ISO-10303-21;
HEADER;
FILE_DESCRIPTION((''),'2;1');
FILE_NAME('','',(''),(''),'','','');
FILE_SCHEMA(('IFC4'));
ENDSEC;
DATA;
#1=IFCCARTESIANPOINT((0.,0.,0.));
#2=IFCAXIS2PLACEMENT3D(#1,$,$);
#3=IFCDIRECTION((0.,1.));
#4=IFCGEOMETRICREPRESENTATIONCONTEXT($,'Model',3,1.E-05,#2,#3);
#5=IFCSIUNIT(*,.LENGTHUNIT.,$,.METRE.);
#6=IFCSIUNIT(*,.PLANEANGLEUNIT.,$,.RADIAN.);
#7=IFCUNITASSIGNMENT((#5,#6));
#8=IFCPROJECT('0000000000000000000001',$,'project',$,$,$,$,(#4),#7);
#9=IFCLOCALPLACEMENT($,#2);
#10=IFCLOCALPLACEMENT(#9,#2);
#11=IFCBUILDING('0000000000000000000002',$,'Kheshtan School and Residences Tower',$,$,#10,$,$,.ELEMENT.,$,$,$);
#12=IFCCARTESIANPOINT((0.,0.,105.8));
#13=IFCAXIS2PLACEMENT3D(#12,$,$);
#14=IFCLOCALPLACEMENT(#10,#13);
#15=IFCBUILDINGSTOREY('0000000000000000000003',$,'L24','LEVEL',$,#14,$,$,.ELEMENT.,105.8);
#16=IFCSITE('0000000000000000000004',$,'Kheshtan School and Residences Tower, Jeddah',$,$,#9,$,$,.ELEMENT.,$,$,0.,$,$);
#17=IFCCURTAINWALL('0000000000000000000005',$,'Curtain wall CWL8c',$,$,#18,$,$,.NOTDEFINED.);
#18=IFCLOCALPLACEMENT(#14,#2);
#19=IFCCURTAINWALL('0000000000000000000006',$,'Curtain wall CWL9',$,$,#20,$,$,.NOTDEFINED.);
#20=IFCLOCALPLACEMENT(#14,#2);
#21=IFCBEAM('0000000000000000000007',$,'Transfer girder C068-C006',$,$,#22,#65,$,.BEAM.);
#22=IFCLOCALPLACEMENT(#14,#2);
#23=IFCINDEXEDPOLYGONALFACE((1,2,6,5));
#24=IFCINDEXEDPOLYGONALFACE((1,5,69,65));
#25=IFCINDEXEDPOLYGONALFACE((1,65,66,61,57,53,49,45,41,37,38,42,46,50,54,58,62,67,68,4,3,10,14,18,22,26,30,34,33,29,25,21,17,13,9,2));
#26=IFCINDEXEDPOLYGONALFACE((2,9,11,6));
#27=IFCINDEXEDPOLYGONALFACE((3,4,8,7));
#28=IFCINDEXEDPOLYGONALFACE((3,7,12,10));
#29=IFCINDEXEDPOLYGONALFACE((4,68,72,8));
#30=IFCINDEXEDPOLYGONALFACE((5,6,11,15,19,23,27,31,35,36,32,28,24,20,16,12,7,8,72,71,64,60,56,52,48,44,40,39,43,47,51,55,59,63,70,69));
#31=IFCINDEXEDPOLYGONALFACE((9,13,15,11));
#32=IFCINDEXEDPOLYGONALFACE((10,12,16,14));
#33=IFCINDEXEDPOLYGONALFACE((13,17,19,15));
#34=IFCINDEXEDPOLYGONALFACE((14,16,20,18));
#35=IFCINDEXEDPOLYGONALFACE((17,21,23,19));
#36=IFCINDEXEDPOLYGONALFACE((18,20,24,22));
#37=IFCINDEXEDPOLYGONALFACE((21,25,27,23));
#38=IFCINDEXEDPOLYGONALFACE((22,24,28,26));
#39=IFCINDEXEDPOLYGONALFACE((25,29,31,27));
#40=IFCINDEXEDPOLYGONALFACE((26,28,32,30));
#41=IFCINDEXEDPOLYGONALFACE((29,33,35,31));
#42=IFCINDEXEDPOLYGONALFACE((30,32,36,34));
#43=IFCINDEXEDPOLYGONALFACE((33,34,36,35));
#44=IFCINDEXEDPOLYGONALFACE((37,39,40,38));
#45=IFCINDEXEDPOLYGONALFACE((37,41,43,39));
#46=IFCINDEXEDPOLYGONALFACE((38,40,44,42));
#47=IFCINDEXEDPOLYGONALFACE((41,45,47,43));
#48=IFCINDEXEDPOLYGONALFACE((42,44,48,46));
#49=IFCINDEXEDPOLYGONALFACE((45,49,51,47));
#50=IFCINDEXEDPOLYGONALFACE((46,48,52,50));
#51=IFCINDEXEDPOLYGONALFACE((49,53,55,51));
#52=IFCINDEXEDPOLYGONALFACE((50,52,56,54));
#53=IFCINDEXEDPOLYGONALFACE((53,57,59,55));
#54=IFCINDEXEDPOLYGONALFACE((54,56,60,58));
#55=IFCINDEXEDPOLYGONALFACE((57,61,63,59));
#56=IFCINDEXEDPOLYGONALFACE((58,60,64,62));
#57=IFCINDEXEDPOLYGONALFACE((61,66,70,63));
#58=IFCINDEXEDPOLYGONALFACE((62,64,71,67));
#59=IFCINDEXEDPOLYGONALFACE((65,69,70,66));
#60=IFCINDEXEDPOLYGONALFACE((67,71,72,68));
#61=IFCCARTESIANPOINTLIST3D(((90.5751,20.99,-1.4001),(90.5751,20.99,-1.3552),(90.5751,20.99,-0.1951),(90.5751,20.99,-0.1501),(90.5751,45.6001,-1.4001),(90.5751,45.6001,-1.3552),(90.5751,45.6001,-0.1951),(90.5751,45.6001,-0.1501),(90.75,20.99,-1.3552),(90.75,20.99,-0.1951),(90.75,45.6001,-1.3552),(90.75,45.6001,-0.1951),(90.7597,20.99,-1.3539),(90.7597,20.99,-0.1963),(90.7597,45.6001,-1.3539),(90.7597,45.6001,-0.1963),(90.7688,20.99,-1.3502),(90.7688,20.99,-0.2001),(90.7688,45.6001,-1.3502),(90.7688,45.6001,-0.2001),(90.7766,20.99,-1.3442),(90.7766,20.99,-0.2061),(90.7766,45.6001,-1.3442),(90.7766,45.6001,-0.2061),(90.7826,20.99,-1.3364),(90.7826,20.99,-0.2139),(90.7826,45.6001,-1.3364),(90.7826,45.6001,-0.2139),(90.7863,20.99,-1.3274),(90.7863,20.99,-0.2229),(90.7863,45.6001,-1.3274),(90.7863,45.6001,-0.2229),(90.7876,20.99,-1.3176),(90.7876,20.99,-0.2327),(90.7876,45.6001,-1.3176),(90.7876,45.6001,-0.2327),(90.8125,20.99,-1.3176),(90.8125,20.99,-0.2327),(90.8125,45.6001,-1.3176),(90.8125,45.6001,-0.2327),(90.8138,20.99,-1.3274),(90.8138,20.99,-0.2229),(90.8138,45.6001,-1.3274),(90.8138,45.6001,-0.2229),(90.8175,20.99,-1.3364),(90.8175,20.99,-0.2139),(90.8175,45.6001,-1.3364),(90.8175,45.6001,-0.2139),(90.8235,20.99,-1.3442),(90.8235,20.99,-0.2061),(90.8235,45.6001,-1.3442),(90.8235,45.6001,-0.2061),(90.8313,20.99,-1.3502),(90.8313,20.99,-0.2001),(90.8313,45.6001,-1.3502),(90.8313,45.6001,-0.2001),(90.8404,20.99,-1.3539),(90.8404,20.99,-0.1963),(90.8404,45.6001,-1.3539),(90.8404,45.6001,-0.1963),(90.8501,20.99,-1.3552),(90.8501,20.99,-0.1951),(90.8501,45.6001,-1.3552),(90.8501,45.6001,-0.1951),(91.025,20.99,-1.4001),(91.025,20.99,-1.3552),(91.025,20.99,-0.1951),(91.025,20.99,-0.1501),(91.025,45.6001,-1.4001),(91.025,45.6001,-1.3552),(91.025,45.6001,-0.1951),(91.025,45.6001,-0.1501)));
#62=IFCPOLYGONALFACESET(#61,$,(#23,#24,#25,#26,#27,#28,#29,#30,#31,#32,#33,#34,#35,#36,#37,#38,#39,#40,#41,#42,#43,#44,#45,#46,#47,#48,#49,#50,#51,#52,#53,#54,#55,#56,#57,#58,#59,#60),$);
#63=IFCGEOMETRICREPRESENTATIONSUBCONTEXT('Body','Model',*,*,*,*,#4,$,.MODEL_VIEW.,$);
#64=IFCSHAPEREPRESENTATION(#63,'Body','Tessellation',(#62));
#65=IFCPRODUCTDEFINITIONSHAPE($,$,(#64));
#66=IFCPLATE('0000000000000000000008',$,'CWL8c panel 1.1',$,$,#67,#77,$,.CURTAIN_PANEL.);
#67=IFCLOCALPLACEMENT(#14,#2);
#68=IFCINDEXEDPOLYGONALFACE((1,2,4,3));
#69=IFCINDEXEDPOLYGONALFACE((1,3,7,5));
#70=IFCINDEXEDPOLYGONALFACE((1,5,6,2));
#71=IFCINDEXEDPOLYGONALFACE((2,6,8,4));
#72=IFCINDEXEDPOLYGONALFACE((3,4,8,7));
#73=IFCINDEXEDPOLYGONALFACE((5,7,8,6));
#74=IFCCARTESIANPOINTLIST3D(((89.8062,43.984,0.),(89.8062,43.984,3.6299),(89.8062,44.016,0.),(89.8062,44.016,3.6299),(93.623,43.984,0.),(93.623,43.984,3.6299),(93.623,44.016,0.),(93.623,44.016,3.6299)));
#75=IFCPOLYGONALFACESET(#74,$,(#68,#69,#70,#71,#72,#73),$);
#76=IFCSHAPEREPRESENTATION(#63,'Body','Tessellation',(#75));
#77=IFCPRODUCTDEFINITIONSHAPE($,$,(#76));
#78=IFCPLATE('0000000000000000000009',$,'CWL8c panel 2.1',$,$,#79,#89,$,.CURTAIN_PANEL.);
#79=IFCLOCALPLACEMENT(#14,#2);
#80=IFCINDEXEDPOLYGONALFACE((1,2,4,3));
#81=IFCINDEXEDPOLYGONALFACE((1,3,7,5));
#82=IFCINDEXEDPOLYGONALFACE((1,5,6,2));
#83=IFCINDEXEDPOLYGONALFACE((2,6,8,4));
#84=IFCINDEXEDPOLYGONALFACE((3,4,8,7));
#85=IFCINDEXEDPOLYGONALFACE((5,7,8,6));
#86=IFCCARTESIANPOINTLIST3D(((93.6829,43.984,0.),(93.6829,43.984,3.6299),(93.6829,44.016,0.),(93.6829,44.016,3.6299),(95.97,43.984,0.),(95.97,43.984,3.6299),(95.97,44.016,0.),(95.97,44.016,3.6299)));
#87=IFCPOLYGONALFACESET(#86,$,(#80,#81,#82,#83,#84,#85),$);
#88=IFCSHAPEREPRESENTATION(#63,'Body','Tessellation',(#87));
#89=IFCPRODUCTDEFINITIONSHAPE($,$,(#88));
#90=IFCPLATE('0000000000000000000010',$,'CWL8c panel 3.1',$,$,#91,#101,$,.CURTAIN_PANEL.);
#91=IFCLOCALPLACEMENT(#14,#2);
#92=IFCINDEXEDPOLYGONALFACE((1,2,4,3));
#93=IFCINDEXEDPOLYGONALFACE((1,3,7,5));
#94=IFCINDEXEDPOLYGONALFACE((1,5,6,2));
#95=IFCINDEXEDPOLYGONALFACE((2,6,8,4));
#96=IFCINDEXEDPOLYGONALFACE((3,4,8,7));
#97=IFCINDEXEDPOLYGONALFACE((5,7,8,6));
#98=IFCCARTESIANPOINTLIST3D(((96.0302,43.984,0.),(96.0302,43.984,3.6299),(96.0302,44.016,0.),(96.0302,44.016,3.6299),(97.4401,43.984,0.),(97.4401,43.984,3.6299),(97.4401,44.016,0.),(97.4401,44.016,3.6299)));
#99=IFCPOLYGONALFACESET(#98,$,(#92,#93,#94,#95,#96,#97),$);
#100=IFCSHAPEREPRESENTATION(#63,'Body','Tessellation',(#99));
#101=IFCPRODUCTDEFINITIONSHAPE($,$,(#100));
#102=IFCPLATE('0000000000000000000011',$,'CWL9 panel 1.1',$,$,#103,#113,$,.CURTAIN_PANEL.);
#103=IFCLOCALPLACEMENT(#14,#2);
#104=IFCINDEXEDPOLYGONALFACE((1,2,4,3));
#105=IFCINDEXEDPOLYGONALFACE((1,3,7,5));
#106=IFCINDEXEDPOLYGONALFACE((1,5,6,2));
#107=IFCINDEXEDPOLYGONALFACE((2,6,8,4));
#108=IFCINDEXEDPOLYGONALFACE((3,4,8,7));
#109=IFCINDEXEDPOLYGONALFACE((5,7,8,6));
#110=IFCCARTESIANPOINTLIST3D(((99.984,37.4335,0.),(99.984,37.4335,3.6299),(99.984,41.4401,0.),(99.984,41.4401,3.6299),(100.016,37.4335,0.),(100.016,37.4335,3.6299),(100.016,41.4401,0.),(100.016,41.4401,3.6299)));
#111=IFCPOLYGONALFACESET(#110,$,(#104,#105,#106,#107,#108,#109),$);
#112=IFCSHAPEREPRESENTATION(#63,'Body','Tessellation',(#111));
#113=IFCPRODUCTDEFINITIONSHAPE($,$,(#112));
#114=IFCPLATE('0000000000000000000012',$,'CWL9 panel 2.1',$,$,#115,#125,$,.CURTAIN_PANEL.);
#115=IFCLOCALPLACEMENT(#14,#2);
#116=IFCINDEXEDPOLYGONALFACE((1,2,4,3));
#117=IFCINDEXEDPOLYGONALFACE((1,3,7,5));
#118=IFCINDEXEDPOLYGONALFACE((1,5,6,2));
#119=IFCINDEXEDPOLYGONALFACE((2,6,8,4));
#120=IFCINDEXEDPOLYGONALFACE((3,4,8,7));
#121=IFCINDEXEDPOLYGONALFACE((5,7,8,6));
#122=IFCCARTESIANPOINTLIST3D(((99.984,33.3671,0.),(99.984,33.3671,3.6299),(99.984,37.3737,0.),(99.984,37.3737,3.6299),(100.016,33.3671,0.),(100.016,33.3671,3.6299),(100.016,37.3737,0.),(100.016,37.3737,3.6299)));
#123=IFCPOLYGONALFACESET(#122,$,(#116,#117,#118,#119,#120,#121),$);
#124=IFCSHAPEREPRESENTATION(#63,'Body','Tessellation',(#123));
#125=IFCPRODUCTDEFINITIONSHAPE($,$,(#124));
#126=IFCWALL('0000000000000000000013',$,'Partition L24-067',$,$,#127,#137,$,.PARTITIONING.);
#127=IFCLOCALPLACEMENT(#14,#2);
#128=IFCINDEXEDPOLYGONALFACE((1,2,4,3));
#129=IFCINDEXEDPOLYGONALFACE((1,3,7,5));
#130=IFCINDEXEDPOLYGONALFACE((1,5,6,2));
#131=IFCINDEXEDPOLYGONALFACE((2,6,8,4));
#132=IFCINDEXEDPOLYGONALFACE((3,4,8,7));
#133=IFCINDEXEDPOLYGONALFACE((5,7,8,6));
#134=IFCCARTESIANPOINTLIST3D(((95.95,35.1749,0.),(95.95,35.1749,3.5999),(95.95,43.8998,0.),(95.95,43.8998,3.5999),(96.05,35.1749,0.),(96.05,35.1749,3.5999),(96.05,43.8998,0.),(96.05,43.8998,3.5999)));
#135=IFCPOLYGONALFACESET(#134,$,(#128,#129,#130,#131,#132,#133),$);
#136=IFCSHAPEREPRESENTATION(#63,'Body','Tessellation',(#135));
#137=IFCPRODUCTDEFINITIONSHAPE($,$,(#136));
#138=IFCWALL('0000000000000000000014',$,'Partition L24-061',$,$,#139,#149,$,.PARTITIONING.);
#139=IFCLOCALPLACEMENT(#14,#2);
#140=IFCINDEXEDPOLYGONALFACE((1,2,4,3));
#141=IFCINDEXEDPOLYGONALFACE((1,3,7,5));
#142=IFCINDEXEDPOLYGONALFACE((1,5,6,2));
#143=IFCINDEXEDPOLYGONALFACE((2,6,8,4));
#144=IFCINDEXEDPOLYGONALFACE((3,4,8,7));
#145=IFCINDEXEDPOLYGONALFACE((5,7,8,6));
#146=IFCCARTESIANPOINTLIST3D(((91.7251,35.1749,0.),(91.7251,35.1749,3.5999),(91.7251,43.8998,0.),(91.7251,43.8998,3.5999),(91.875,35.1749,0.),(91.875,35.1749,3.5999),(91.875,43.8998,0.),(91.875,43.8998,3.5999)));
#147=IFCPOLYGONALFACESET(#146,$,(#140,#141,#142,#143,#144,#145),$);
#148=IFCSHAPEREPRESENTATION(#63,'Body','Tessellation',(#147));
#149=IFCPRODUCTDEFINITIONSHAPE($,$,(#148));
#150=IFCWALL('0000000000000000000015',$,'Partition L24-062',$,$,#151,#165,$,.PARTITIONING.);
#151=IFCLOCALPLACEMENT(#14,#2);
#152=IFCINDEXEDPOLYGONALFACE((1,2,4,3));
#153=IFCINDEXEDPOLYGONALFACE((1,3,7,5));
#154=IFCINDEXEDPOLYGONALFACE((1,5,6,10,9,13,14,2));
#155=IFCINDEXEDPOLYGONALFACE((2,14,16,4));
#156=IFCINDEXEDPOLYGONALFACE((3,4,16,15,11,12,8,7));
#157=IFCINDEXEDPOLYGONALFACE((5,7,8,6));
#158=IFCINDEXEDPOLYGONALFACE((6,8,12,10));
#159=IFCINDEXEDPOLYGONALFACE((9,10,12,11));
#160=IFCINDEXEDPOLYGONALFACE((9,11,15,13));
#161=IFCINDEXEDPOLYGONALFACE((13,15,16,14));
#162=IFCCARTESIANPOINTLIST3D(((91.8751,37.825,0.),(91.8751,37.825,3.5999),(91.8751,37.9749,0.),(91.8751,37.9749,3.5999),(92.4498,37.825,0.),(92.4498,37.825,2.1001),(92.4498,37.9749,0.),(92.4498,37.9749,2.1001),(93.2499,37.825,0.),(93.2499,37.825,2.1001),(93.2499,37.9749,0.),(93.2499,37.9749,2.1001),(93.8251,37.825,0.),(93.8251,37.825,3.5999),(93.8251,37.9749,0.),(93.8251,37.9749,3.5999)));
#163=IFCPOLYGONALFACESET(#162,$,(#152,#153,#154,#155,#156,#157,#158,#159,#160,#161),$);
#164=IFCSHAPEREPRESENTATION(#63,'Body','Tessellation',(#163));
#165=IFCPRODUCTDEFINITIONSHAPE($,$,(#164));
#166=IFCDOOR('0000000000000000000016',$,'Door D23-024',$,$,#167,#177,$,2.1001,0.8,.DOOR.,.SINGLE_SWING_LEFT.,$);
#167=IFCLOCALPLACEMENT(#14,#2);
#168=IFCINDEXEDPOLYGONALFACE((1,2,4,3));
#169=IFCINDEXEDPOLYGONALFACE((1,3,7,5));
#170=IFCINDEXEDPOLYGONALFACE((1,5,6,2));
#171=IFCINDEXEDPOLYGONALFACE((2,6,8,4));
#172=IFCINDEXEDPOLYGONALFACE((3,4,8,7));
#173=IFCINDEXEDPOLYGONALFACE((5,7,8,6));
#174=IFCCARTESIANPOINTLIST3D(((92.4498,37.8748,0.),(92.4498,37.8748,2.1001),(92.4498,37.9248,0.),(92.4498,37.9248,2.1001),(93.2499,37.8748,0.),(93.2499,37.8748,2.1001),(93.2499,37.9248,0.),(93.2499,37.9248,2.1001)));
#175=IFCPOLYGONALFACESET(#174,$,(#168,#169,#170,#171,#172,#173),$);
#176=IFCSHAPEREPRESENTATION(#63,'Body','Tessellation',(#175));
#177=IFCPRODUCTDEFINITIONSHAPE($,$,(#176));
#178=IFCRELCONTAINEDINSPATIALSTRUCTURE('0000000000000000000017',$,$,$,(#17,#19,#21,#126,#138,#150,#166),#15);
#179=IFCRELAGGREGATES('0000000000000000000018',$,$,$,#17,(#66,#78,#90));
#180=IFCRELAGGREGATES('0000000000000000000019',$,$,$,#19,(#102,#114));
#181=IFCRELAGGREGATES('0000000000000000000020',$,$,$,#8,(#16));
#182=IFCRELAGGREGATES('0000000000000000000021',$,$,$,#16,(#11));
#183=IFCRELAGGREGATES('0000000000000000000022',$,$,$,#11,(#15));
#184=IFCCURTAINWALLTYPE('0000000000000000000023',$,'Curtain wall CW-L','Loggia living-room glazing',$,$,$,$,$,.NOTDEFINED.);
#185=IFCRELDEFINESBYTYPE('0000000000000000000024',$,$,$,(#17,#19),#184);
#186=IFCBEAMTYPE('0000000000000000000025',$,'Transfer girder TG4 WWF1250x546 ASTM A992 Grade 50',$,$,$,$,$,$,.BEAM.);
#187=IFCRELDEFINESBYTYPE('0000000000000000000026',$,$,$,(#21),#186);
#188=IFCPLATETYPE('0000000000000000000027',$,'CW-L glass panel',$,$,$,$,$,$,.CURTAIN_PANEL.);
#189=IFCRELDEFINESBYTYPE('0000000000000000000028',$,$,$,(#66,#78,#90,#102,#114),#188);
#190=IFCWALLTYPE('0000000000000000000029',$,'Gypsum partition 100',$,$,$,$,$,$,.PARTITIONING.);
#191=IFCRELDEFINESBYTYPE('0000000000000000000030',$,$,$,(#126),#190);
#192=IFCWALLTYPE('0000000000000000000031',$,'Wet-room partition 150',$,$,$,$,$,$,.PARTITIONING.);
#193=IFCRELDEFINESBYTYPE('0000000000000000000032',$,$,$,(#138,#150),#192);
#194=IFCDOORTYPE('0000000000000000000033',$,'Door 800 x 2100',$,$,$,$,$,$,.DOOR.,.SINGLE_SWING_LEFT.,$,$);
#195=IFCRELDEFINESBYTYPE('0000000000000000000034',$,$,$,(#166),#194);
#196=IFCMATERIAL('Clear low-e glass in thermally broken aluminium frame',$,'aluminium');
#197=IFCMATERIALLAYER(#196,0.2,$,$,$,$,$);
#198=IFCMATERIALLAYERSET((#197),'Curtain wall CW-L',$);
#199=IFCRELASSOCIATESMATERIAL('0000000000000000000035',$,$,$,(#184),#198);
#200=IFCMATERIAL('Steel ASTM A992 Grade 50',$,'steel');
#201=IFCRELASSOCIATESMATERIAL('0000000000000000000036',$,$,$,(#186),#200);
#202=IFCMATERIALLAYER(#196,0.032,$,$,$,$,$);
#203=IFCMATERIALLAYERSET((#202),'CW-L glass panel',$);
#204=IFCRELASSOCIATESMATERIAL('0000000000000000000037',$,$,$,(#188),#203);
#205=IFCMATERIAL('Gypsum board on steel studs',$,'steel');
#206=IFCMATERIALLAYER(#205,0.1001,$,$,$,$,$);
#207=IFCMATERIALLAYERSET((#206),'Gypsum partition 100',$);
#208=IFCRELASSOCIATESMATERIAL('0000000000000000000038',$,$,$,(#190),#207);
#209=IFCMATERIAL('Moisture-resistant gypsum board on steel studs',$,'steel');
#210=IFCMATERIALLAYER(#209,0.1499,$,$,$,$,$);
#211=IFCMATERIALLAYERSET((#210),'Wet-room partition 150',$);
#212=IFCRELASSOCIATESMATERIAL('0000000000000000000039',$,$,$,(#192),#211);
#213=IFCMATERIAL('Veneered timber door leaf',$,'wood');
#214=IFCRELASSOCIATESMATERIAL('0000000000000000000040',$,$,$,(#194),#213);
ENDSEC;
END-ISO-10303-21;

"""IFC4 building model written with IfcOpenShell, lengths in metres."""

from ifc_helpers import new_model, si_unit, direction, frame, frame_2d, origin, origin_2d, place, context, subcontext, project, spatial, rectangle, i_section, extrude, source, transform, mapped, material, layer, layer_set, material_profile, profile_set, type_object, element, fill, aggregate, save


model = new_model("IFC4")

# Units and contexts
model_context = context("Model", 3, precision=1e-05, world=origin(), true_north=direction((0.0, 1.0)))
body_context = subcontext(model_context, "Body", "Model", "MODEL_VIEW")
ifc_project = project(units=[si_unit("LENGTHUNIT", "METRE"), si_unit("PLANEANGLEUNIT", "RADIAN")], contexts=[model_context])

# Site, building, storey
site_placement = place(None, origin())
site = spatial("IfcSite", under=ifc_project, at=site_placement, Name="Kheshtan School and Residences Tower, Jeddah", CompositionType="ELEMENT", RefElevation=0.0)
building_placement = place(site_placement, origin())
building = spatial("IfcBuilding", under=site, at=building_placement, Name="Kheshtan School and Residences Tower", CompositionType="ELEMENT")
storey_placement = place(building_placement, frame((0.0, 0.0, 105.8)))
storey = spatial("IfcBuildingStorey", under=building, at=storey_placement, Name="L24", Description="LEVEL", CompositionType="ELEMENT", Elevation=105.8)

# Shared definitions
ifc_material_1 = material(Name="Steel ASTM A992 Grade 50", Category="steel")

# Curtain walls
ifc_material_2 = material(Name="Clear low-e glass in thermally broken aluminium frame", Category="aluminium")
ifc_layer_1 = layer(ifc_material_2, 0.2)
ifc_layer_set_1 = layer_set([ifc_layer_1], Name="Curtain wall CW-L")
curtain_wall_type = type_object("IfcCurtainWallType", Name="Curtain wall CW-L", Description="Loggia living-room glazing", PredefinedType="NOTDEFINED", material=ifc_layer_set_1)
curtain_wall_1_placement = place(storey_placement, origin())
curtain_wall_1 = element("IfcCurtainWall", 1, at=curtain_wall_1_placement, inside=storey, type_object=curtain_wall_type, Name="Curtain wall CWL8c", PredefinedType="NOTDEFINED")
curtain_wall_2_placement = place(storey_placement, origin())
curtain_wall_2 = element("IfcCurtainWall", 2, at=curtain_wall_2_placement, inside=storey, type_object=curtain_wall_type, Name="Curtain wall CWL9", PredefinedType="NOTDEFINED")

# Beam
ifc_material_profile_1 = material_profile(ifc_material_1, i_section(OverallWidth=0.45, OverallDepth=1.25, WebThickness=0.0249, FlangeThickness=0.0449, FilletRadius=0.0376, at=origin_2d()), Name="WWF1250x546")
ifc_profile_set_1 = profile_set([ifc_material_profile_1], Name="Steel ASTM A992 Grade 50")
beam_type = type_object("IfcBeamType", Name="Transfer girder TG4 WWF1250x546 ASTM A992 Grade 50", PredefinedType="BEAM", material=ifc_profile_set_1)
beam_placement = place(storey_placement, frame((90.8, 45.6001, -0.7751), z_axis=(0.0, -1.0, 0.0), x_axis=(1.0, 0.0, 0.0)))
element("IfcBeam", 3, at=beam_placement, inside=storey, type_object=beam_type, Name="Transfer girder C068-C006", PredefinedType="BEAM", context=body_context, shape_type="SweptSolid", body=[
    extrude(i_section(OverallWidth=0.45, OverallDepth=1.25, WebThickness=0.0249, FlangeThickness=0.0449, FilletRadius=0.0376, at=origin_2d()), origin(), (0.0, 0.0, 1.0), 24.6101),
])

# Plates
ifc_layer_2 = layer(ifc_material_2, 0.032)
ifc_layer_set_2 = layer_set([ifc_layer_2], Name="CW-L glass panel")
plate_type = type_object("IfcPlateType", Name="CW-L glass panel", PredefinedType="CURTAIN_PANEL", material=ifc_layer_set_2)
plate_1_placement = place(storey_placement, frame((91.7146, 44.0, 0.0), z_axis=(0.0, 0.0, 1.0), x_axis=(1.0, 0.0, 0.0)))
plate_1 = element("IfcPlate", 4, at=plate_1_placement, type_object=plate_type, Name="CWL8c panel 1.1", PredefinedType="CURTAIN_PANEL", context=body_context, shape_type="SweptSolid", body=[
    extrude(rectangle(XDim=3.8169, YDim=0.032, at=origin_2d()), origin(), (0.0, 0.0, 1.0), 3.6299),
])
plate_2_placement = place(storey_placement, frame((94.8264, 44.0, 0.0), z_axis=(0.0, 0.0, 1.0), x_axis=(1.0, 0.0, 0.0)))
plate_2 = element("IfcPlate", 5, at=plate_2_placement, type_object=plate_type, Name="CWL8c panel 2.1", PredefinedType="CURTAIN_PANEL", context=body_context, shape_type="SweptSolid", body=[
    extrude(rectangle(XDim=2.2871, YDim=0.032, at=origin_2d()), origin(), (0.0, 0.0, 1.0), 3.6299),
])
plate_3_placement = place(storey_placement, frame((96.7351, 44.0, 0.0), z_axis=(0.0, 0.0, 1.0), x_axis=(1.0, 0.0, 0.0)))
plate_3 = element("IfcPlate", 6, at=plate_3_placement, type_object=plate_type, Name="CWL8c panel 3.1", PredefinedType="CURTAIN_PANEL", context=body_context, shape_type="SweptSolid", body=[
    extrude(rectangle(XDim=1.4099, YDim=0.032, at=origin_2d()), origin(), (0.0, 0.0, 1.0), 3.6299),
])
aggregate(curtain_wall_1, [plate_1, plate_2, plate_3])
plate_4_placement = place(storey_placement, frame((100.0, 39.4368, 0.0), z_axis=(0.0, 0.0, 1.0), x_axis=(0.0, -1.0, 0.0)))
plate_4 = element("IfcPlate", 7, at=plate_4_placement, type_object=plate_type, Name="CWL9 panel 1.1", PredefinedType="CURTAIN_PANEL", context=body_context, shape_type="SweptSolid", body=[
    extrude(rectangle(XDim=4.0066, YDim=0.032, at=origin_2d()), origin(), (0.0, 0.0, 1.0), 3.6299),
])
plate_5_placement = place(storey_placement, frame((100.0, 35.3704, 0.0), z_axis=(0.0, 0.0, 1.0), x_axis=(0.0, -1.0, 0.0)))
plate_5 = element("IfcPlate", 8, at=plate_5_placement, type_object=plate_type, Name="CWL9 panel 2.1", PredefinedType="CURTAIN_PANEL", context=body_context, shape_type="SweptSolid", body=[
    extrude(rectangle(XDim=4.0066, YDim=0.032, at=origin_2d()), origin(), (0.0, 0.0, 1.0), 3.6299),
])
aggregate(curtain_wall_2, [plate_4, plate_5])

# Walls
ifc_material_3 = material(Name="Gypsum board on steel studs", Category="steel")
ifc_layer_3 = layer(ifc_material_3, 0.1001)
ifc_layer_set_3 = layer_set([ifc_layer_3], Name="Gypsum partition 100")
wall_type_1 = type_object("IfcWallType", Name="Gypsum partition 100", PredefinedType="PARTITIONING", material=ifc_layer_set_3)
wall_1_placement = place(storey_placement, frame((96.0, 35.175, 0.0), z_axis=(0.0, 0.0, 1.0), x_axis=(0.0, 1.0, 0.0)))
element("IfcWall", 9, at=wall_1_placement, inside=storey, type_object=wall_type_1, Name="Partition L24-067", PredefinedType="PARTITIONING", context=body_context, shape_type="SweptSolid", body=[
    extrude(rectangle(XDim=8.7249, YDim=0.1001, at=frame_2d((4.3623, 0.0))), origin(), (0.0, 0.0, 1.0), 3.5999),
])
ifc_material_4 = material(Name="Moisture-resistant gypsum board on steel studs", Category="steel")
ifc_layer_4 = layer(ifc_material_4, 0.1499)
ifc_layer_set_4 = layer_set([ifc_layer_4], Name="Wet-room partition 150")
wall_type_2 = type_object("IfcWallType", Name="Wet-room partition 150", PredefinedType="PARTITIONING", material=ifc_layer_set_4)
wall_2_placement = place(storey_placement, frame((91.8, 35.175, 0.0), z_axis=(0.0, 0.0, 1.0), x_axis=(0.0, 1.0, 0.0)))
element("IfcWall", 10, at=wall_2_placement, inside=storey, type_object=wall_type_2, Name="Partition L24-061", PredefinedType="PARTITIONING", context=body_context, shape_type="SweptSolid", body=[
    extrude(rectangle(XDim=8.7249, YDim=0.1499, at=frame_2d((4.3623, 0.0))), origin(), (0.0, 0.0, 1.0), 3.5999),
])

# Wall, opening, door
wall_3_placement = place(storey_placement, frame((91.875, 37.8999, 0.0), z_axis=(0.0, 0.0, 1.0), x_axis=(1.0, 0.0, 0.0)))
wall_3 = element("IfcWall", 11, at=wall_3_placement, inside=storey, type_object=wall_type_2, Name="Partition L24-062", PredefinedType="PARTITIONING", context=body_context, shape_type="SweptSolid", body=[
    extrude(rectangle(XDim=1.95, YDim=0.1499, at=frame_2d((0.9751, 0.0))), origin(), (0.0, 0.0, 1.0), 3.5999),
])
opening_1_placement = place(wall_3_placement, frame((0.575, 0.0, 0.0)))
opening_1 = element("IfcOpeningElement", 12, at=opening_1_placement, cuts=wall_3, PredefinedType="OPENING", context=body_context, shape_type="SweptSolid", body=[
    extrude(rectangle(XDim=0.8, YDim=2.1001, at=frame_2d((0.3999, 1.05))), frame((0.0, 0.085, 0.0), z_axis=(0.0, -1.0, 0.0), x_axis=(1.0, 0.0, 0.0)), (0.0, 0.0, 1.0), 0.1699),
])
ifc_material_5 = material(Name="Veneered timber door leaf", Category="wood")
door_type_1 = type_object("IfcDoorType", Name="Door 800 x 2100", OperationType="SINGLE_SWING_LEFT", PredefinedType="DOOR", material=ifc_material_5)
shared_shape_1 = source(origin(), body_context, "Body", "SweptSolid", [
    extrude(rectangle(XDim=0.8, YDim=2.1001, at=frame_2d((0.3999, 1.05))), frame((0.0, 0.0249, 0.0), z_axis=(0.0, -1.0, 0.0), x_axis=(1.0, 0.0, 0.0)), (0.0, 0.0, 1.0), 0.05),
])
door_1_placement = place(opening_1_placement, origin())
door_1 = element("IfcDoor", 13, at=door_1_placement, inside=storey, type_object=door_type_1, Name="Door D23-024", OperationType="SINGLE_SWING_LEFT", OverallHeight=2.1001, OverallWidth=0.8, PredefinedType="DOOR", context=body_context, shape_type="MappedRepresentation", body=[
    mapped(shared_shape_1, transform((0.0, 0.0, 0.0), x_axis=(1.0, 0.0, 0.0), y_axis=(0.0, 1.0, 0.0), z_axis=(0.0, 0.0, 1.0), scale=1.0)),
])
fill(opening_1, door_1)

save(model, "model.ifc")
